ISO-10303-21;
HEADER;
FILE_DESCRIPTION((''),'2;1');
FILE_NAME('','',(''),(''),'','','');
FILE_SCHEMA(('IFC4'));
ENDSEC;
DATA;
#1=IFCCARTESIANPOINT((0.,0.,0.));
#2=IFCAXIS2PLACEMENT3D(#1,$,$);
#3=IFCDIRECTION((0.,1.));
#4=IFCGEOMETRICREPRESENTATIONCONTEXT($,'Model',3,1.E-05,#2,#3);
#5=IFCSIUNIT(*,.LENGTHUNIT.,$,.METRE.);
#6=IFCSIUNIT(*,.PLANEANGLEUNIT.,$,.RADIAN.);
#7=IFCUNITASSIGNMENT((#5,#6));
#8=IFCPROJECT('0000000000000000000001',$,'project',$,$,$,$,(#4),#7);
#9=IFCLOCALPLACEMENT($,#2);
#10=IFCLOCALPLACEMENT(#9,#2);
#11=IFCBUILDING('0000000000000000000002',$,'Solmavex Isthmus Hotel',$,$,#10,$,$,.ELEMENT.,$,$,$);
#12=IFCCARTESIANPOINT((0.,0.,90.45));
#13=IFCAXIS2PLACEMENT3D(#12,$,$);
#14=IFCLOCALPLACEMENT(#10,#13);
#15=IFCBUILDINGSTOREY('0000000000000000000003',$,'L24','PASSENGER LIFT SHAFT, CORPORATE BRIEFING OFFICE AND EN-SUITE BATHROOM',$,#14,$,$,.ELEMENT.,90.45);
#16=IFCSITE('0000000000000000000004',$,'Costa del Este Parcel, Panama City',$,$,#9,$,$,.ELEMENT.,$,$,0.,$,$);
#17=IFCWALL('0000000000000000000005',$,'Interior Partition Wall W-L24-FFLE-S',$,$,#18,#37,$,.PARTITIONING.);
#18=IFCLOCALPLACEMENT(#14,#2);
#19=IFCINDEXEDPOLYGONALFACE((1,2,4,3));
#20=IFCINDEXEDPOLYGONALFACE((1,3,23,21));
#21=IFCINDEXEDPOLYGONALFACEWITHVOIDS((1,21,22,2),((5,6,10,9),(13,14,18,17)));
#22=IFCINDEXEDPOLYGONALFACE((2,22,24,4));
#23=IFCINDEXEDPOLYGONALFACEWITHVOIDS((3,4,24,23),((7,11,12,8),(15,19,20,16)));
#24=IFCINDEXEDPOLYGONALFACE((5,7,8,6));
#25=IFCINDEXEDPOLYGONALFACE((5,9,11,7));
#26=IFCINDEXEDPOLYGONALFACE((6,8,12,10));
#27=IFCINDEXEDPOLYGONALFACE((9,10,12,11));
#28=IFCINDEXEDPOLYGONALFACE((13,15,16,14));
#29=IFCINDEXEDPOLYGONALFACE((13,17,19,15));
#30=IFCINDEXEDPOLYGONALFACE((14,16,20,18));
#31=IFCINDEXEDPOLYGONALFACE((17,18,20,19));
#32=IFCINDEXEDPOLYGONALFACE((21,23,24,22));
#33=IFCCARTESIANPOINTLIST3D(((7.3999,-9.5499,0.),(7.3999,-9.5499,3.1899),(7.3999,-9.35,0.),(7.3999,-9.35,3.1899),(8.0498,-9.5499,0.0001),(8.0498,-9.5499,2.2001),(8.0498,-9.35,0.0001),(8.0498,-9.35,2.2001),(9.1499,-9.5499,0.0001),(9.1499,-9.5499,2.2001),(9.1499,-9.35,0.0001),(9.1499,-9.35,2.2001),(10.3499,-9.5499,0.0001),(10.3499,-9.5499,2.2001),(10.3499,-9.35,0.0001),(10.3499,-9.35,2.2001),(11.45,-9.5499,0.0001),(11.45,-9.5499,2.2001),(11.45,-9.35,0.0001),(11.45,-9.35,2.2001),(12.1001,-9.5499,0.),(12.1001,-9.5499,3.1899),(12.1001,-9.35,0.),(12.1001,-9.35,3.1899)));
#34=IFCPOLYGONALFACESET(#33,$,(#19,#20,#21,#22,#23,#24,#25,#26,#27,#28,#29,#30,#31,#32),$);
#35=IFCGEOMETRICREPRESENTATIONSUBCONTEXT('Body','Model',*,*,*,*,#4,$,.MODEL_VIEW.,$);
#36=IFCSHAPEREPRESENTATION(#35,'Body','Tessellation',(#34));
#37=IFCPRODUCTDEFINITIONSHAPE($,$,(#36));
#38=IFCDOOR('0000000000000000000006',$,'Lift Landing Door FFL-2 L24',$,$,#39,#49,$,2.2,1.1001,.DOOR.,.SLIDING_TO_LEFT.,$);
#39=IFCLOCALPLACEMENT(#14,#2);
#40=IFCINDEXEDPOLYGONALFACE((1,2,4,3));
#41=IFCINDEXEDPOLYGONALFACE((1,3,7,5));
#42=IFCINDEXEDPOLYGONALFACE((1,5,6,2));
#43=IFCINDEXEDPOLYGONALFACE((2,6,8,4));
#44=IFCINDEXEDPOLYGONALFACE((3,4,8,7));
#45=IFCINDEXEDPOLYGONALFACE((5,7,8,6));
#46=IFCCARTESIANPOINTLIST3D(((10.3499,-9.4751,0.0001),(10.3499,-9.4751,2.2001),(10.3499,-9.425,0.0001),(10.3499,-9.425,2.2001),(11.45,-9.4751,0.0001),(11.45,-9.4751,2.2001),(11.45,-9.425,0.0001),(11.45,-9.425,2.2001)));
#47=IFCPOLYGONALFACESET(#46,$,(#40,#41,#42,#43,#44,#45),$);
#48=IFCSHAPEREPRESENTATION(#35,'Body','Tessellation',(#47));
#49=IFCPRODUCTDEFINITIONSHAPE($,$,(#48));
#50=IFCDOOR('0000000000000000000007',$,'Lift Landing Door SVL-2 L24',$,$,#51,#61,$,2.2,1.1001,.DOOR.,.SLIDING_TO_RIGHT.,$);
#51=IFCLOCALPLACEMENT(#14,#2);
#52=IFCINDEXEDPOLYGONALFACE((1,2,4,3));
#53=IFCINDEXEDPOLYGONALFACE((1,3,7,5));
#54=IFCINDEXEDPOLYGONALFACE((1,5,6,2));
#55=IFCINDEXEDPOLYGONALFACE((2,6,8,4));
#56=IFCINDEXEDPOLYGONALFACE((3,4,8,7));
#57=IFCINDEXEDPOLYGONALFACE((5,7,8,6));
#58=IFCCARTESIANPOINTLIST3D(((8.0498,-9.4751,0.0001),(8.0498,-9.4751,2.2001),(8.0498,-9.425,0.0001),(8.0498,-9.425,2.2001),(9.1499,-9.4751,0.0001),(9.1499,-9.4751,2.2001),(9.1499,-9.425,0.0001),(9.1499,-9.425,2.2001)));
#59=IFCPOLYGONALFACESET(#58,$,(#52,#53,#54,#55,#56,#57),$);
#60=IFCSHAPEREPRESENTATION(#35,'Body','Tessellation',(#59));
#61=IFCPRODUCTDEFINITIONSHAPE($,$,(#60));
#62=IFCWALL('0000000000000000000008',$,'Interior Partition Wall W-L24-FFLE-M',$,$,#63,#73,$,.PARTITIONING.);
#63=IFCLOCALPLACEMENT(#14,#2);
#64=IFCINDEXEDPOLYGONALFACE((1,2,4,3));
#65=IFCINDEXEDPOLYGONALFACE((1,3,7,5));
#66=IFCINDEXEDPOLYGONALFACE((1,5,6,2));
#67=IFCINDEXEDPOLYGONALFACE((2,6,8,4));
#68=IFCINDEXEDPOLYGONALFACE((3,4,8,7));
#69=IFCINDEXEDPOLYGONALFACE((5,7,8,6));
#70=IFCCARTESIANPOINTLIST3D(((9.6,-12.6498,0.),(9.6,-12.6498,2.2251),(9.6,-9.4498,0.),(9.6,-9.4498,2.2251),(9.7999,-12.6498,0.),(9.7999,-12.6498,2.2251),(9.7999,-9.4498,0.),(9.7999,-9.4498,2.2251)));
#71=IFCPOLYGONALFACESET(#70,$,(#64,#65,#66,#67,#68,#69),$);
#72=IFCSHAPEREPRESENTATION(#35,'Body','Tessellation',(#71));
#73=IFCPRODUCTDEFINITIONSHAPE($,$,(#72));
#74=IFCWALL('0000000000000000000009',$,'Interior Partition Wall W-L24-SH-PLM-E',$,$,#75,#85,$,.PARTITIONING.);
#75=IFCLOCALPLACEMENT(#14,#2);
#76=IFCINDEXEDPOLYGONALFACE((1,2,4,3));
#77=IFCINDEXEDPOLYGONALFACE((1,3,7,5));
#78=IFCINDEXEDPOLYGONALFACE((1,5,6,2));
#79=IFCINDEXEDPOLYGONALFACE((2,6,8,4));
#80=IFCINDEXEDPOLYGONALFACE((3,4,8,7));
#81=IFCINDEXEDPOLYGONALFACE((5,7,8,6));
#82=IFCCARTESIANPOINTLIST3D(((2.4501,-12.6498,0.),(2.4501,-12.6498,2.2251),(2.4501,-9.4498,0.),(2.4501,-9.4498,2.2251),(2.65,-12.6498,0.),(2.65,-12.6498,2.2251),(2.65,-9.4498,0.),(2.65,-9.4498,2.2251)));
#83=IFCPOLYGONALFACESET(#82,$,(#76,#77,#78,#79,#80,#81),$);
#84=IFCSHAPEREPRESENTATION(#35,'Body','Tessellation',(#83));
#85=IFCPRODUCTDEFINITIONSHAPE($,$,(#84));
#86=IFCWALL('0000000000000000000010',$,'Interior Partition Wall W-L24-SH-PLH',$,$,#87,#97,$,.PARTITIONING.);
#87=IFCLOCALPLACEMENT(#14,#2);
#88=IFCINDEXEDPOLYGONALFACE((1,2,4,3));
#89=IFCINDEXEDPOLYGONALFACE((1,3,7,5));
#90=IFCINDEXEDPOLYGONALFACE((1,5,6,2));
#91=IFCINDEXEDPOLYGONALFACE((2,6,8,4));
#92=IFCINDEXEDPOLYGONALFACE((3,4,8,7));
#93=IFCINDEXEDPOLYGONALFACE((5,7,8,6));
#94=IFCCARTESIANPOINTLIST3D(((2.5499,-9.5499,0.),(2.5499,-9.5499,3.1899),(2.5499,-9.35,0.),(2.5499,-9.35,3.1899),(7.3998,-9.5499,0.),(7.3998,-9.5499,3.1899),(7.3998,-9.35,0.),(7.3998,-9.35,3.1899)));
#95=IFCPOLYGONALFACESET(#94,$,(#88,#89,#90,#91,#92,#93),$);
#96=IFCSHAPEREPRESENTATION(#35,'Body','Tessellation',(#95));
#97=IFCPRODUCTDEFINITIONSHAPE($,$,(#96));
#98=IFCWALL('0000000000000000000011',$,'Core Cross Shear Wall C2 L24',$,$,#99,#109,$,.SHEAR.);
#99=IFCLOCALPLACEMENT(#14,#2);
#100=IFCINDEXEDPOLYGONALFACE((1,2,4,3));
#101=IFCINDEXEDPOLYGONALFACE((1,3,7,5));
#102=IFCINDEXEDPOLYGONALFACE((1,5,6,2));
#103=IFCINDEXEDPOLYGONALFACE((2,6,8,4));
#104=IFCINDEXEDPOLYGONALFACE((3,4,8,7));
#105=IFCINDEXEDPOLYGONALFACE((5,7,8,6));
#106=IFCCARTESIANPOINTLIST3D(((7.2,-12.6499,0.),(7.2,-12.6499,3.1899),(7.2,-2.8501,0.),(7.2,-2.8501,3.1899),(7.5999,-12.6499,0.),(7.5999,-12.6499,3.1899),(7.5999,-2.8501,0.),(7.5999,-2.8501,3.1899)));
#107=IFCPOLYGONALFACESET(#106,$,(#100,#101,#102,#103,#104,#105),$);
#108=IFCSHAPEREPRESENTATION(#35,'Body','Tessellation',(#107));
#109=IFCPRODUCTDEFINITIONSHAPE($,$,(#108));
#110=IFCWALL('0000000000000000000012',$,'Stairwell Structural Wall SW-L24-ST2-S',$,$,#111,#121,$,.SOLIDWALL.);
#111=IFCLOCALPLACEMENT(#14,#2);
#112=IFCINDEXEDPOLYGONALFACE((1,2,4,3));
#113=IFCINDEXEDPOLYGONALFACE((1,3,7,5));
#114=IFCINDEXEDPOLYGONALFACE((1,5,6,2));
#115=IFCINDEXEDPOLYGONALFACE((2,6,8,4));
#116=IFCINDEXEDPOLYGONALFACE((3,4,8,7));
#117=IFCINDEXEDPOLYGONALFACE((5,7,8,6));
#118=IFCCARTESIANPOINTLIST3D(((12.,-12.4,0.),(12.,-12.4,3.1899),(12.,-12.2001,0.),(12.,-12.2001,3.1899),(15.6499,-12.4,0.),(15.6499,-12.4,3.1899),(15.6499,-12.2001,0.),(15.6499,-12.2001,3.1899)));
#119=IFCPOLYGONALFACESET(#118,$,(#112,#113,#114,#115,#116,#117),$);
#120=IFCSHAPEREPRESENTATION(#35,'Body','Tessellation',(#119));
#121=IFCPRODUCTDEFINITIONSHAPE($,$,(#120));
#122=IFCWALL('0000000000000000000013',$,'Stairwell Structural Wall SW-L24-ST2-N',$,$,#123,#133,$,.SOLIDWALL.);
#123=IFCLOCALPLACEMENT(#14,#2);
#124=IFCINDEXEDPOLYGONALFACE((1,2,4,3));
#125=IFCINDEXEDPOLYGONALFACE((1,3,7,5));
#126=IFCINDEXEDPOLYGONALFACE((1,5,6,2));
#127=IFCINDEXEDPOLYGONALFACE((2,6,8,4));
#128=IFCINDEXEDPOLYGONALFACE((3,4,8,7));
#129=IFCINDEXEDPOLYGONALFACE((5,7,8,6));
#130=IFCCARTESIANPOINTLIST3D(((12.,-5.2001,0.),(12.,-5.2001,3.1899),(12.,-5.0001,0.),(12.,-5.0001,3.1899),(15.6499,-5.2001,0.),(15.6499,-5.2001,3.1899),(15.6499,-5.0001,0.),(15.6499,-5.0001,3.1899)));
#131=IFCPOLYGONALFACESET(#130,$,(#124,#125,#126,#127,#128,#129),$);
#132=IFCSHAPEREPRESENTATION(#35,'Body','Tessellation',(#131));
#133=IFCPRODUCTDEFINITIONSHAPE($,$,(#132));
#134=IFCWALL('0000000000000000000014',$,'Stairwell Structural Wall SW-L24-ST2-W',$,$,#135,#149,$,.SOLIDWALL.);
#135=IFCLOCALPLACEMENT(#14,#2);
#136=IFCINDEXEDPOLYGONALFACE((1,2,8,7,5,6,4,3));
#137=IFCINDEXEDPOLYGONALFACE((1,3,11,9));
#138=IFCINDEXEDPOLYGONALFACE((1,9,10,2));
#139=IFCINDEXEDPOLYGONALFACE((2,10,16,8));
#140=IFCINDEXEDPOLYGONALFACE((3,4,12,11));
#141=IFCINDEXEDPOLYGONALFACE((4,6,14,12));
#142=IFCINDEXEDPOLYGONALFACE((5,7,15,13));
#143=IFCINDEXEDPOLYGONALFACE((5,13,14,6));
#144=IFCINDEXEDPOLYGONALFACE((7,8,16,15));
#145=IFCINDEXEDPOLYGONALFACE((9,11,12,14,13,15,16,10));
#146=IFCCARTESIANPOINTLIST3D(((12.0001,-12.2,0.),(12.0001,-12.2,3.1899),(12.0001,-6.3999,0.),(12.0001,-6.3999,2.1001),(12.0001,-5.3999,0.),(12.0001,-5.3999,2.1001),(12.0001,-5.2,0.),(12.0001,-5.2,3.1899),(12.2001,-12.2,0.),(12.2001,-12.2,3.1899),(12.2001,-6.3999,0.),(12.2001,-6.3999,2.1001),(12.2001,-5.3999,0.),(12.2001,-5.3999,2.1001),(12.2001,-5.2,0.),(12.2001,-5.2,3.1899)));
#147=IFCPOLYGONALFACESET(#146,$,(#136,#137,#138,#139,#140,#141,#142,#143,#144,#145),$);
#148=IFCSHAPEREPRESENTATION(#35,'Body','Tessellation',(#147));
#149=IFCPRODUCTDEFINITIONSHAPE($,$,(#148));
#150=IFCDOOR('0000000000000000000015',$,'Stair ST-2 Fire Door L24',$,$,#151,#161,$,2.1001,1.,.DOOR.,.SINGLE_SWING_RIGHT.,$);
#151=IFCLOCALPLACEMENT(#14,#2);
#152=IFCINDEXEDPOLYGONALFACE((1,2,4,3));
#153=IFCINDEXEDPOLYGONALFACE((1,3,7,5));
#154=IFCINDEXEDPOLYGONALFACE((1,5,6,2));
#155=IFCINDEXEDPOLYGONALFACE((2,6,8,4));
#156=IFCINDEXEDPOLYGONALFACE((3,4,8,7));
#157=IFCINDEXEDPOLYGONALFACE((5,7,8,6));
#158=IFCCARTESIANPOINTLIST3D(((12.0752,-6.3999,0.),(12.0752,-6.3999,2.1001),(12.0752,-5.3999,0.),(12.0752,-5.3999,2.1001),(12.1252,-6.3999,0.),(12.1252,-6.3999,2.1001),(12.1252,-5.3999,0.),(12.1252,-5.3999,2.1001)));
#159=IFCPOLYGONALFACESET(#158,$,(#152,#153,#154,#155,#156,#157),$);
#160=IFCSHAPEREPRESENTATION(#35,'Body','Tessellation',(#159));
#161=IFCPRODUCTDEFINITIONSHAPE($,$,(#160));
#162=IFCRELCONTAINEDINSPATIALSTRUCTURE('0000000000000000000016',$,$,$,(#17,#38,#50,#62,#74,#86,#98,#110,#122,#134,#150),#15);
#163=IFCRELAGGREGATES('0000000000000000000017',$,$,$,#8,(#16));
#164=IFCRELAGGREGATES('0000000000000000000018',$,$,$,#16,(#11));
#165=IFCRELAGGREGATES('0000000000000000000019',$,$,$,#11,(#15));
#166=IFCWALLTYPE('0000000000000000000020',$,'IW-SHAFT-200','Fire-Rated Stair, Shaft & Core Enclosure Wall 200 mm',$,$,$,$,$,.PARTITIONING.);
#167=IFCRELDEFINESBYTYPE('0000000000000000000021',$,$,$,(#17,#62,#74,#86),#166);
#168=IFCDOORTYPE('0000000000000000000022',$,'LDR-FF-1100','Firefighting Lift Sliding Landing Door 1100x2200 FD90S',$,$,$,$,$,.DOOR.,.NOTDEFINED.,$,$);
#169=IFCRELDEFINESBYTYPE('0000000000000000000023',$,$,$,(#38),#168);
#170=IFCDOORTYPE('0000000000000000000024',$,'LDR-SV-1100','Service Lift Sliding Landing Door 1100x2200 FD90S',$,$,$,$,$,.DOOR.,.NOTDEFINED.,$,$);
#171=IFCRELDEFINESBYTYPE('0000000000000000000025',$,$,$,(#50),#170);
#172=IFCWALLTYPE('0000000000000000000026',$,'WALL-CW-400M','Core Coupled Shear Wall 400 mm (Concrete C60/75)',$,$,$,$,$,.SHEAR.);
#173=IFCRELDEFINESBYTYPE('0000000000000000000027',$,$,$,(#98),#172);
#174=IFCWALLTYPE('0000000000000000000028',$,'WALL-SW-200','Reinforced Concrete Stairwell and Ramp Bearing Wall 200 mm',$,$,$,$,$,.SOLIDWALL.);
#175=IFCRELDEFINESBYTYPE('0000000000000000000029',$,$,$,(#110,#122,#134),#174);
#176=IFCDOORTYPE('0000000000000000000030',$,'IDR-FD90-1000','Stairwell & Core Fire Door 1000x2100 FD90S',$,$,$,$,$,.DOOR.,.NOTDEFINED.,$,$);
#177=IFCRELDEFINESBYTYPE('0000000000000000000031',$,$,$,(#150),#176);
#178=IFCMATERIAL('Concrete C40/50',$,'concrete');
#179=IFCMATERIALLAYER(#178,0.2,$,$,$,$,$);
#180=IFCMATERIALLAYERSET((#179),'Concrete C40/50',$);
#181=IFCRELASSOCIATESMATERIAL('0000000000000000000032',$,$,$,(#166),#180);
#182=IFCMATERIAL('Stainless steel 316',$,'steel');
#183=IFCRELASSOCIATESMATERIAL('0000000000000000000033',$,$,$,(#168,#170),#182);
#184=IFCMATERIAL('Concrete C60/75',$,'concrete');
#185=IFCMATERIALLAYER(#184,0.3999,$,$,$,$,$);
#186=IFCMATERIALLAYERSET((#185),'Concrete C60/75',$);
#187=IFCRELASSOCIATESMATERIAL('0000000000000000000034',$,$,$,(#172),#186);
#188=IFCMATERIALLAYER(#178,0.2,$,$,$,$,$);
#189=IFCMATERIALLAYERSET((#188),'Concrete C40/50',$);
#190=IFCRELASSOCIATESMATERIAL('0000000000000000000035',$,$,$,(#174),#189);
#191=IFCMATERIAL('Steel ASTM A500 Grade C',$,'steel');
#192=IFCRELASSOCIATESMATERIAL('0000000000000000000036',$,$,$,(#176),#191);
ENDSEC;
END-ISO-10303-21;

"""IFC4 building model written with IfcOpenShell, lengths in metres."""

from ifc_helpers import new_model, si_unit, direction, frame, frame_2d, origin, place, context, subcontext, project, spatial, rectangle, extrude, material, layer, layer_set, type_object, element, fill, save


model = new_model("IFC4")

# Units and contexts
model_context = context("Model", 3, precision=1e-05, world=origin(), true_north=direction((0.0, 1.0)))
body_context = subcontext(model_context, "Body", "Model", "MODEL_VIEW")
ifc_project = project(units=[si_unit("LENGTHUNIT", "METRE"), si_unit("PLANEANGLEUNIT", "RADIAN")], contexts=[model_context])

# Site, building, storey
site_placement = place(None, origin())
site = spatial("IfcSite", under=ifc_project, at=site_placement, Name="Costa del Este Parcel, Panama City", CompositionType="ELEMENT", RefElevation=0.0)
building_placement = place(site_placement, origin())
building = spatial("IfcBuilding", under=site, at=building_placement, Name="Solmavex Isthmus Hotel", CompositionType="ELEMENT")
storey_placement = place(building_placement, frame((0.0, 0.0, 90.45)))
storey = spatial("IfcBuildingStorey", under=building, at=storey_placement, Name="L24", Description="PASSENGER LIFT SHAFT, CORPORATE BRIEFING OFFICE AND EN-SUITE BATHROOM", CompositionType="ELEMENT", Elevation=90.45)

# Shared definitions
ifc_material_1 = material(Name="Concrete C60/75", Category="concrete")

# Shared definitions
ifc_material_2 = material(Name="Concrete C40/50", Category="concrete")

# Shared definitions
ifc_layer_1 = layer(ifc_material_2, 0.2)
ifc_layer_set_1 = layer_set([ifc_layer_1], Name="Concrete C40/50")
wall_type_1 = type_object("IfcWallType", Name="IW-SHAFT-200", Description="Fire-Rated Stair, Shaft & Core Enclosure Wall 200 mm", PredefinedType="PARTITIONING", material=ifc_layer_set_1)
ifc_material_3 = material(Name="Steel ASTM A500 Grade C", Category="steel")

# Wall, openings, doors
wall_1_placement = place(storey_placement, frame((7.3999, -9.45, 0.0), z_axis=(0.0, 0.0, 1.0), x_axis=(1.0, 0.0, 0.0)))
wall_1 = element("IfcWall", 1, at=wall_1_placement, inside=storey, type_object=wall_type_1, Name="Interior Partition Wall W-L24-FFLE-S", PredefinedType="PARTITIONING", context=body_context, shape_type="SweptSolid", body=[
    extrude(rectangle(XDim=4.7002, YDim=0.2, at=frame_2d((2.3501, 0.0))), origin(), (0.0, 0.0, 1.0), 3.1899),
])
opening_1_placement = place(wall_1_placement, frame((2.95, 0.0, 0.0)))
opening_1 = element("IfcOpeningElement", 2, at=opening_1_placement, cuts=wall_1, PredefinedType="OPENING", context=body_context, shape_type="SweptSolid", body=[
    extrude(rectangle(XDim=1.1001, YDim=2.2, at=frame_2d((0.55, 1.1001))), frame((0.0, 0.1099, 0.0), z_axis=(0.0, -1.0, 0.0), x_axis=(1.0, 0.0, 0.0)), (0.0, 0.0, 1.0), 0.22),
])
opening_2_placement = place(wall_1_placement, frame((0.6499, 0.0, 0.0)))
opening_2 = element("IfcOpeningElement", 3, at=opening_2_placement, cuts=wall_1, PredefinedType="OPENING", context=body_context, shape_type="SweptSolid", body=[
    extrude(rectangle(XDim=1.1001, YDim=2.2, at=frame_2d((0.55, 1.1001))), frame((0.0, 0.1099, 0.0), z_axis=(0.0, -1.0, 0.0), x_axis=(1.0, 0.0, 0.0)), (0.0, 0.0, 1.0), 0.22),
])
ifc_material_4 = material(Name="Stainless steel 316", Category="steel")
door_type_1 = type_object("IfcDoorType", Name="LDR-FF-1100", Description="Firefighting Lift Sliding Landing Door 1100x2200 FD90S", OperationType="NOTDEFINED", PredefinedType="DOOR", material=ifc_material_4)
door_1_placement = place(opening_1_placement, origin())
door_1 = element("IfcDoor", 4, at=door_1_placement, inside=storey, type_object=door_type_1, Name="Lift Landing Door FFL-2 L24", OperationType="SLIDING_TO_LEFT", OverallHeight=2.2, OverallWidth=1.1001, PredefinedType="DOOR", context=body_context, shape_type="SweptSolid", body=[
    extrude(rectangle(XDim=1.1001, YDim=2.2, at=frame_2d((0.55, 1.1001))), frame((0.0, 0.0249, 0.0), z_axis=(0.0, -1.0, 0.0), x_axis=(1.0, 0.0, 0.0)), (0.0, 0.0, 1.0), 0.05),
])
fill(opening_1, door_1)
door_type_2 = type_object("IfcDoorType", Name="LDR-SV-1100", Description="Service Lift Sliding Landing Door 1100x2200 FD90S", OperationType="NOTDEFINED", PredefinedType="DOOR", material=ifc_material_4)
door_2_placement = place(opening_2_placement, origin())
door_2 = element("IfcDoor", 5, at=door_2_placement, inside=storey, type_object=door_type_2, Name="Lift Landing Door SVL-2 L24", OperationType="SLIDING_TO_RIGHT", OverallHeight=2.2, OverallWidth=1.1001, PredefinedType="DOOR", context=body_context, shape_type="SweptSolid", body=[
    extrude(rectangle(XDim=1.1001, YDim=2.2, at=frame_2d((0.55, 1.1001))), frame((0.0, 0.0249, 0.0), z_axis=(0.0, -1.0, 0.0), x_axis=(1.0, 0.0, 0.0)), (0.0, 0.0, 1.0), 0.05),
])
fill(opening_2, door_2)

# Walls
for number, where, z_axis, x_axis, name in (
    (6, (9.7, -12.6499, 0.0), (0.0, 0.0, 1.0), (0.0, 1.0, 0.0), "Interior Partition Wall W-L24-FFLE-M"),
    (7, (2.55, -12.6499, 0.0), (0.0, 0.0, 1.0), (0.0, 1.0, 0.0), "Interior Partition Wall W-L24-SH-PLM-E"),
):
    element("IfcWall", number, at=place(storey_placement, frame(where, z_axis=z_axis, x_axis=x_axis)), inside=storey, type_object=wall_type_1, Name=name, PredefinedType="PARTITIONING", context=body_context, shape_type="SweptSolid", body=[
        extrude(rectangle(XDim=3.2, YDim=0.2, at=frame_2d((1.6001, 0.0))), origin(), (0.0, 0.0, 1.0), 2.2251),
    ])
wall_2_placement = place(storey_placement, frame((2.55, -9.45, 0.0), z_axis=(0.0, 0.0, 1.0), x_axis=(1.0, 0.0, 0.0)))
element("IfcWall", 8, at=wall_2_placement, inside=storey, type_object=wall_type_1, Name="Interior Partition Wall W-L24-SH-PLH", PredefinedType="PARTITIONING", context=body_context, shape_type="SweptSolid", body=[
    extrude(rectangle(XDim=4.8499, YDim=0.2, at=frame_2d((2.4248, 0.0))), origin(), (0.0, 0.0, 1.0), 3.1899),
])
ifc_layer_2 = layer(ifc_material_1, 0.3999)
ifc_layer_set_2 = layer_set([ifc_layer_2], Name="Concrete C60/75")
wall_type_2 = type_object("IfcWallType", Name="WALL-CW-400M", Description="Core Coupled Shear Wall 400 mm (Concrete C60/75)", PredefinedType="SHEAR", material=ifc_layer_set_2)
wall_3_placement = place(storey_placement, frame((7.3999, -12.6499, 0.0), z_axis=(0.0, 0.0, 1.0), x_axis=(0.0, 1.0, 0.0)))
element("IfcWall", 9, at=wall_3_placement, inside=storey, type_object=wall_type_2, Name="Core Cross Shear Wall C2 L24", PredefinedType="SHEAR", context=body_context, shape_type="SweptSolid", body=[
    extrude(rectangle(XDim=9.7998, YDim=0.3999, at=frame_2d((4.8999, 0.0))), origin(), (0.0, 0.0, 1.0), 3.1899),
])
ifc_layer_3 = layer(ifc_material_2, 0.2)
ifc_layer_set_3 = layer_set([ifc_layer_3], Name="Concrete C40/50")
wall_type_3 = type_object("IfcWallType", Name="WALL-SW-200", Description="Reinforced Concrete Stairwell and Ramp Bearing Wall 200 mm", PredefinedType="SOLIDWALL", material=ifc_layer_set_3)
for number, where, z_axis, x_axis, name in (
    (10, (12.0, -12.3, 0.0), (0.0, 0.0, 1.0), (1.0, 0.0, 0.0), "Stairwell Structural Wall SW-L24-ST2-S"),
    (11, (12.0, -5.1001, 0.0), (0.0, 0.0, 1.0), (1.0, 0.0, 0.0), "Stairwell Structural Wall SW-L24-ST2-N"),
):
    element("IfcWall", number, at=place(storey_placement, frame(where, z_axis=z_axis, x_axis=x_axis)), inside=storey, type_object=wall_type_3, Name=name, PredefinedType="SOLIDWALL", context=body_context, shape_type="SweptSolid", body=[
        extrude(rectangle(XDim=3.6499, YDim=0.2, at=frame_2d((1.825, 0.0))), origin(), (0.0, 0.0, 1.0), 3.1899),
    ])

# Wall, opening, door
wall_4_placement = place(storey_placement, frame((12.1001, -12.2, 0.0), z_axis=(0.0, 0.0, 1.0), x_axis=(0.0, 1.0, 0.0)))
wall_4 = element("IfcWall", 12, at=wall_4_placement, inside=storey, type_object=wall_type_3, Name="Stairwell Structural Wall SW-L24-ST2-W", PredefinedType="SOLIDWALL", context=body_context, shape_type="SweptSolid", body=[
    extrude(rectangle(XDim=7.0, YDim=0.2, at=frame_2d((3.5, 0.0))), origin(), (0.0, 0.0, 1.0), 3.1899),
])
opening_3_placement = place(wall_4_placement, frame((5.8, 0.0, 0.0)))
opening_3 = element("IfcOpeningElement", 13, at=opening_3_placement, cuts=wall_4, PredefinedType="OPENING", context=body_context, shape_type="SweptSolid", body=[
    extrude(rectangle(XDim=1.0, YDim=2.1001, at=frame_2d((0.5, 1.05))), frame((0.0, 0.1099, 0.0), z_axis=(0.0, -1.0, 0.0), x_axis=(1.0, 0.0, 0.0)), (0.0, 0.0, 1.0), 0.22),
])
door_type_3 = type_object("IfcDoorType", Name="IDR-FD90-1000", Description="Stairwell & Core Fire Door 1000x2100 FD90S", OperationType="NOTDEFINED", PredefinedType="DOOR", material=ifc_material_3)
door_3_placement = place(opening_3_placement, origin())
door_3 = element("IfcDoor", 14, at=door_3_placement, inside=storey, type_object=door_type_3, Name="Stair ST-2 Fire Door L24", OperationType="SINGLE_SWING_RIGHT", OverallHeight=2.1001, OverallWidth=1.0, PredefinedType="DOOR", context=body_context, shape_type="SweptSolid", body=[
    extrude(rectangle(XDim=1.0, YDim=2.1001, at=frame_2d((0.5, 1.05))), frame((0.0, 0.0249, 0.0), z_axis=(0.0, -1.0, 0.0), x_axis=(1.0, 0.0, 0.0)), (0.0, 0.0, 1.0), 0.05),
])
fill(opening_3, door_3)

save(model, "model.ifc")
